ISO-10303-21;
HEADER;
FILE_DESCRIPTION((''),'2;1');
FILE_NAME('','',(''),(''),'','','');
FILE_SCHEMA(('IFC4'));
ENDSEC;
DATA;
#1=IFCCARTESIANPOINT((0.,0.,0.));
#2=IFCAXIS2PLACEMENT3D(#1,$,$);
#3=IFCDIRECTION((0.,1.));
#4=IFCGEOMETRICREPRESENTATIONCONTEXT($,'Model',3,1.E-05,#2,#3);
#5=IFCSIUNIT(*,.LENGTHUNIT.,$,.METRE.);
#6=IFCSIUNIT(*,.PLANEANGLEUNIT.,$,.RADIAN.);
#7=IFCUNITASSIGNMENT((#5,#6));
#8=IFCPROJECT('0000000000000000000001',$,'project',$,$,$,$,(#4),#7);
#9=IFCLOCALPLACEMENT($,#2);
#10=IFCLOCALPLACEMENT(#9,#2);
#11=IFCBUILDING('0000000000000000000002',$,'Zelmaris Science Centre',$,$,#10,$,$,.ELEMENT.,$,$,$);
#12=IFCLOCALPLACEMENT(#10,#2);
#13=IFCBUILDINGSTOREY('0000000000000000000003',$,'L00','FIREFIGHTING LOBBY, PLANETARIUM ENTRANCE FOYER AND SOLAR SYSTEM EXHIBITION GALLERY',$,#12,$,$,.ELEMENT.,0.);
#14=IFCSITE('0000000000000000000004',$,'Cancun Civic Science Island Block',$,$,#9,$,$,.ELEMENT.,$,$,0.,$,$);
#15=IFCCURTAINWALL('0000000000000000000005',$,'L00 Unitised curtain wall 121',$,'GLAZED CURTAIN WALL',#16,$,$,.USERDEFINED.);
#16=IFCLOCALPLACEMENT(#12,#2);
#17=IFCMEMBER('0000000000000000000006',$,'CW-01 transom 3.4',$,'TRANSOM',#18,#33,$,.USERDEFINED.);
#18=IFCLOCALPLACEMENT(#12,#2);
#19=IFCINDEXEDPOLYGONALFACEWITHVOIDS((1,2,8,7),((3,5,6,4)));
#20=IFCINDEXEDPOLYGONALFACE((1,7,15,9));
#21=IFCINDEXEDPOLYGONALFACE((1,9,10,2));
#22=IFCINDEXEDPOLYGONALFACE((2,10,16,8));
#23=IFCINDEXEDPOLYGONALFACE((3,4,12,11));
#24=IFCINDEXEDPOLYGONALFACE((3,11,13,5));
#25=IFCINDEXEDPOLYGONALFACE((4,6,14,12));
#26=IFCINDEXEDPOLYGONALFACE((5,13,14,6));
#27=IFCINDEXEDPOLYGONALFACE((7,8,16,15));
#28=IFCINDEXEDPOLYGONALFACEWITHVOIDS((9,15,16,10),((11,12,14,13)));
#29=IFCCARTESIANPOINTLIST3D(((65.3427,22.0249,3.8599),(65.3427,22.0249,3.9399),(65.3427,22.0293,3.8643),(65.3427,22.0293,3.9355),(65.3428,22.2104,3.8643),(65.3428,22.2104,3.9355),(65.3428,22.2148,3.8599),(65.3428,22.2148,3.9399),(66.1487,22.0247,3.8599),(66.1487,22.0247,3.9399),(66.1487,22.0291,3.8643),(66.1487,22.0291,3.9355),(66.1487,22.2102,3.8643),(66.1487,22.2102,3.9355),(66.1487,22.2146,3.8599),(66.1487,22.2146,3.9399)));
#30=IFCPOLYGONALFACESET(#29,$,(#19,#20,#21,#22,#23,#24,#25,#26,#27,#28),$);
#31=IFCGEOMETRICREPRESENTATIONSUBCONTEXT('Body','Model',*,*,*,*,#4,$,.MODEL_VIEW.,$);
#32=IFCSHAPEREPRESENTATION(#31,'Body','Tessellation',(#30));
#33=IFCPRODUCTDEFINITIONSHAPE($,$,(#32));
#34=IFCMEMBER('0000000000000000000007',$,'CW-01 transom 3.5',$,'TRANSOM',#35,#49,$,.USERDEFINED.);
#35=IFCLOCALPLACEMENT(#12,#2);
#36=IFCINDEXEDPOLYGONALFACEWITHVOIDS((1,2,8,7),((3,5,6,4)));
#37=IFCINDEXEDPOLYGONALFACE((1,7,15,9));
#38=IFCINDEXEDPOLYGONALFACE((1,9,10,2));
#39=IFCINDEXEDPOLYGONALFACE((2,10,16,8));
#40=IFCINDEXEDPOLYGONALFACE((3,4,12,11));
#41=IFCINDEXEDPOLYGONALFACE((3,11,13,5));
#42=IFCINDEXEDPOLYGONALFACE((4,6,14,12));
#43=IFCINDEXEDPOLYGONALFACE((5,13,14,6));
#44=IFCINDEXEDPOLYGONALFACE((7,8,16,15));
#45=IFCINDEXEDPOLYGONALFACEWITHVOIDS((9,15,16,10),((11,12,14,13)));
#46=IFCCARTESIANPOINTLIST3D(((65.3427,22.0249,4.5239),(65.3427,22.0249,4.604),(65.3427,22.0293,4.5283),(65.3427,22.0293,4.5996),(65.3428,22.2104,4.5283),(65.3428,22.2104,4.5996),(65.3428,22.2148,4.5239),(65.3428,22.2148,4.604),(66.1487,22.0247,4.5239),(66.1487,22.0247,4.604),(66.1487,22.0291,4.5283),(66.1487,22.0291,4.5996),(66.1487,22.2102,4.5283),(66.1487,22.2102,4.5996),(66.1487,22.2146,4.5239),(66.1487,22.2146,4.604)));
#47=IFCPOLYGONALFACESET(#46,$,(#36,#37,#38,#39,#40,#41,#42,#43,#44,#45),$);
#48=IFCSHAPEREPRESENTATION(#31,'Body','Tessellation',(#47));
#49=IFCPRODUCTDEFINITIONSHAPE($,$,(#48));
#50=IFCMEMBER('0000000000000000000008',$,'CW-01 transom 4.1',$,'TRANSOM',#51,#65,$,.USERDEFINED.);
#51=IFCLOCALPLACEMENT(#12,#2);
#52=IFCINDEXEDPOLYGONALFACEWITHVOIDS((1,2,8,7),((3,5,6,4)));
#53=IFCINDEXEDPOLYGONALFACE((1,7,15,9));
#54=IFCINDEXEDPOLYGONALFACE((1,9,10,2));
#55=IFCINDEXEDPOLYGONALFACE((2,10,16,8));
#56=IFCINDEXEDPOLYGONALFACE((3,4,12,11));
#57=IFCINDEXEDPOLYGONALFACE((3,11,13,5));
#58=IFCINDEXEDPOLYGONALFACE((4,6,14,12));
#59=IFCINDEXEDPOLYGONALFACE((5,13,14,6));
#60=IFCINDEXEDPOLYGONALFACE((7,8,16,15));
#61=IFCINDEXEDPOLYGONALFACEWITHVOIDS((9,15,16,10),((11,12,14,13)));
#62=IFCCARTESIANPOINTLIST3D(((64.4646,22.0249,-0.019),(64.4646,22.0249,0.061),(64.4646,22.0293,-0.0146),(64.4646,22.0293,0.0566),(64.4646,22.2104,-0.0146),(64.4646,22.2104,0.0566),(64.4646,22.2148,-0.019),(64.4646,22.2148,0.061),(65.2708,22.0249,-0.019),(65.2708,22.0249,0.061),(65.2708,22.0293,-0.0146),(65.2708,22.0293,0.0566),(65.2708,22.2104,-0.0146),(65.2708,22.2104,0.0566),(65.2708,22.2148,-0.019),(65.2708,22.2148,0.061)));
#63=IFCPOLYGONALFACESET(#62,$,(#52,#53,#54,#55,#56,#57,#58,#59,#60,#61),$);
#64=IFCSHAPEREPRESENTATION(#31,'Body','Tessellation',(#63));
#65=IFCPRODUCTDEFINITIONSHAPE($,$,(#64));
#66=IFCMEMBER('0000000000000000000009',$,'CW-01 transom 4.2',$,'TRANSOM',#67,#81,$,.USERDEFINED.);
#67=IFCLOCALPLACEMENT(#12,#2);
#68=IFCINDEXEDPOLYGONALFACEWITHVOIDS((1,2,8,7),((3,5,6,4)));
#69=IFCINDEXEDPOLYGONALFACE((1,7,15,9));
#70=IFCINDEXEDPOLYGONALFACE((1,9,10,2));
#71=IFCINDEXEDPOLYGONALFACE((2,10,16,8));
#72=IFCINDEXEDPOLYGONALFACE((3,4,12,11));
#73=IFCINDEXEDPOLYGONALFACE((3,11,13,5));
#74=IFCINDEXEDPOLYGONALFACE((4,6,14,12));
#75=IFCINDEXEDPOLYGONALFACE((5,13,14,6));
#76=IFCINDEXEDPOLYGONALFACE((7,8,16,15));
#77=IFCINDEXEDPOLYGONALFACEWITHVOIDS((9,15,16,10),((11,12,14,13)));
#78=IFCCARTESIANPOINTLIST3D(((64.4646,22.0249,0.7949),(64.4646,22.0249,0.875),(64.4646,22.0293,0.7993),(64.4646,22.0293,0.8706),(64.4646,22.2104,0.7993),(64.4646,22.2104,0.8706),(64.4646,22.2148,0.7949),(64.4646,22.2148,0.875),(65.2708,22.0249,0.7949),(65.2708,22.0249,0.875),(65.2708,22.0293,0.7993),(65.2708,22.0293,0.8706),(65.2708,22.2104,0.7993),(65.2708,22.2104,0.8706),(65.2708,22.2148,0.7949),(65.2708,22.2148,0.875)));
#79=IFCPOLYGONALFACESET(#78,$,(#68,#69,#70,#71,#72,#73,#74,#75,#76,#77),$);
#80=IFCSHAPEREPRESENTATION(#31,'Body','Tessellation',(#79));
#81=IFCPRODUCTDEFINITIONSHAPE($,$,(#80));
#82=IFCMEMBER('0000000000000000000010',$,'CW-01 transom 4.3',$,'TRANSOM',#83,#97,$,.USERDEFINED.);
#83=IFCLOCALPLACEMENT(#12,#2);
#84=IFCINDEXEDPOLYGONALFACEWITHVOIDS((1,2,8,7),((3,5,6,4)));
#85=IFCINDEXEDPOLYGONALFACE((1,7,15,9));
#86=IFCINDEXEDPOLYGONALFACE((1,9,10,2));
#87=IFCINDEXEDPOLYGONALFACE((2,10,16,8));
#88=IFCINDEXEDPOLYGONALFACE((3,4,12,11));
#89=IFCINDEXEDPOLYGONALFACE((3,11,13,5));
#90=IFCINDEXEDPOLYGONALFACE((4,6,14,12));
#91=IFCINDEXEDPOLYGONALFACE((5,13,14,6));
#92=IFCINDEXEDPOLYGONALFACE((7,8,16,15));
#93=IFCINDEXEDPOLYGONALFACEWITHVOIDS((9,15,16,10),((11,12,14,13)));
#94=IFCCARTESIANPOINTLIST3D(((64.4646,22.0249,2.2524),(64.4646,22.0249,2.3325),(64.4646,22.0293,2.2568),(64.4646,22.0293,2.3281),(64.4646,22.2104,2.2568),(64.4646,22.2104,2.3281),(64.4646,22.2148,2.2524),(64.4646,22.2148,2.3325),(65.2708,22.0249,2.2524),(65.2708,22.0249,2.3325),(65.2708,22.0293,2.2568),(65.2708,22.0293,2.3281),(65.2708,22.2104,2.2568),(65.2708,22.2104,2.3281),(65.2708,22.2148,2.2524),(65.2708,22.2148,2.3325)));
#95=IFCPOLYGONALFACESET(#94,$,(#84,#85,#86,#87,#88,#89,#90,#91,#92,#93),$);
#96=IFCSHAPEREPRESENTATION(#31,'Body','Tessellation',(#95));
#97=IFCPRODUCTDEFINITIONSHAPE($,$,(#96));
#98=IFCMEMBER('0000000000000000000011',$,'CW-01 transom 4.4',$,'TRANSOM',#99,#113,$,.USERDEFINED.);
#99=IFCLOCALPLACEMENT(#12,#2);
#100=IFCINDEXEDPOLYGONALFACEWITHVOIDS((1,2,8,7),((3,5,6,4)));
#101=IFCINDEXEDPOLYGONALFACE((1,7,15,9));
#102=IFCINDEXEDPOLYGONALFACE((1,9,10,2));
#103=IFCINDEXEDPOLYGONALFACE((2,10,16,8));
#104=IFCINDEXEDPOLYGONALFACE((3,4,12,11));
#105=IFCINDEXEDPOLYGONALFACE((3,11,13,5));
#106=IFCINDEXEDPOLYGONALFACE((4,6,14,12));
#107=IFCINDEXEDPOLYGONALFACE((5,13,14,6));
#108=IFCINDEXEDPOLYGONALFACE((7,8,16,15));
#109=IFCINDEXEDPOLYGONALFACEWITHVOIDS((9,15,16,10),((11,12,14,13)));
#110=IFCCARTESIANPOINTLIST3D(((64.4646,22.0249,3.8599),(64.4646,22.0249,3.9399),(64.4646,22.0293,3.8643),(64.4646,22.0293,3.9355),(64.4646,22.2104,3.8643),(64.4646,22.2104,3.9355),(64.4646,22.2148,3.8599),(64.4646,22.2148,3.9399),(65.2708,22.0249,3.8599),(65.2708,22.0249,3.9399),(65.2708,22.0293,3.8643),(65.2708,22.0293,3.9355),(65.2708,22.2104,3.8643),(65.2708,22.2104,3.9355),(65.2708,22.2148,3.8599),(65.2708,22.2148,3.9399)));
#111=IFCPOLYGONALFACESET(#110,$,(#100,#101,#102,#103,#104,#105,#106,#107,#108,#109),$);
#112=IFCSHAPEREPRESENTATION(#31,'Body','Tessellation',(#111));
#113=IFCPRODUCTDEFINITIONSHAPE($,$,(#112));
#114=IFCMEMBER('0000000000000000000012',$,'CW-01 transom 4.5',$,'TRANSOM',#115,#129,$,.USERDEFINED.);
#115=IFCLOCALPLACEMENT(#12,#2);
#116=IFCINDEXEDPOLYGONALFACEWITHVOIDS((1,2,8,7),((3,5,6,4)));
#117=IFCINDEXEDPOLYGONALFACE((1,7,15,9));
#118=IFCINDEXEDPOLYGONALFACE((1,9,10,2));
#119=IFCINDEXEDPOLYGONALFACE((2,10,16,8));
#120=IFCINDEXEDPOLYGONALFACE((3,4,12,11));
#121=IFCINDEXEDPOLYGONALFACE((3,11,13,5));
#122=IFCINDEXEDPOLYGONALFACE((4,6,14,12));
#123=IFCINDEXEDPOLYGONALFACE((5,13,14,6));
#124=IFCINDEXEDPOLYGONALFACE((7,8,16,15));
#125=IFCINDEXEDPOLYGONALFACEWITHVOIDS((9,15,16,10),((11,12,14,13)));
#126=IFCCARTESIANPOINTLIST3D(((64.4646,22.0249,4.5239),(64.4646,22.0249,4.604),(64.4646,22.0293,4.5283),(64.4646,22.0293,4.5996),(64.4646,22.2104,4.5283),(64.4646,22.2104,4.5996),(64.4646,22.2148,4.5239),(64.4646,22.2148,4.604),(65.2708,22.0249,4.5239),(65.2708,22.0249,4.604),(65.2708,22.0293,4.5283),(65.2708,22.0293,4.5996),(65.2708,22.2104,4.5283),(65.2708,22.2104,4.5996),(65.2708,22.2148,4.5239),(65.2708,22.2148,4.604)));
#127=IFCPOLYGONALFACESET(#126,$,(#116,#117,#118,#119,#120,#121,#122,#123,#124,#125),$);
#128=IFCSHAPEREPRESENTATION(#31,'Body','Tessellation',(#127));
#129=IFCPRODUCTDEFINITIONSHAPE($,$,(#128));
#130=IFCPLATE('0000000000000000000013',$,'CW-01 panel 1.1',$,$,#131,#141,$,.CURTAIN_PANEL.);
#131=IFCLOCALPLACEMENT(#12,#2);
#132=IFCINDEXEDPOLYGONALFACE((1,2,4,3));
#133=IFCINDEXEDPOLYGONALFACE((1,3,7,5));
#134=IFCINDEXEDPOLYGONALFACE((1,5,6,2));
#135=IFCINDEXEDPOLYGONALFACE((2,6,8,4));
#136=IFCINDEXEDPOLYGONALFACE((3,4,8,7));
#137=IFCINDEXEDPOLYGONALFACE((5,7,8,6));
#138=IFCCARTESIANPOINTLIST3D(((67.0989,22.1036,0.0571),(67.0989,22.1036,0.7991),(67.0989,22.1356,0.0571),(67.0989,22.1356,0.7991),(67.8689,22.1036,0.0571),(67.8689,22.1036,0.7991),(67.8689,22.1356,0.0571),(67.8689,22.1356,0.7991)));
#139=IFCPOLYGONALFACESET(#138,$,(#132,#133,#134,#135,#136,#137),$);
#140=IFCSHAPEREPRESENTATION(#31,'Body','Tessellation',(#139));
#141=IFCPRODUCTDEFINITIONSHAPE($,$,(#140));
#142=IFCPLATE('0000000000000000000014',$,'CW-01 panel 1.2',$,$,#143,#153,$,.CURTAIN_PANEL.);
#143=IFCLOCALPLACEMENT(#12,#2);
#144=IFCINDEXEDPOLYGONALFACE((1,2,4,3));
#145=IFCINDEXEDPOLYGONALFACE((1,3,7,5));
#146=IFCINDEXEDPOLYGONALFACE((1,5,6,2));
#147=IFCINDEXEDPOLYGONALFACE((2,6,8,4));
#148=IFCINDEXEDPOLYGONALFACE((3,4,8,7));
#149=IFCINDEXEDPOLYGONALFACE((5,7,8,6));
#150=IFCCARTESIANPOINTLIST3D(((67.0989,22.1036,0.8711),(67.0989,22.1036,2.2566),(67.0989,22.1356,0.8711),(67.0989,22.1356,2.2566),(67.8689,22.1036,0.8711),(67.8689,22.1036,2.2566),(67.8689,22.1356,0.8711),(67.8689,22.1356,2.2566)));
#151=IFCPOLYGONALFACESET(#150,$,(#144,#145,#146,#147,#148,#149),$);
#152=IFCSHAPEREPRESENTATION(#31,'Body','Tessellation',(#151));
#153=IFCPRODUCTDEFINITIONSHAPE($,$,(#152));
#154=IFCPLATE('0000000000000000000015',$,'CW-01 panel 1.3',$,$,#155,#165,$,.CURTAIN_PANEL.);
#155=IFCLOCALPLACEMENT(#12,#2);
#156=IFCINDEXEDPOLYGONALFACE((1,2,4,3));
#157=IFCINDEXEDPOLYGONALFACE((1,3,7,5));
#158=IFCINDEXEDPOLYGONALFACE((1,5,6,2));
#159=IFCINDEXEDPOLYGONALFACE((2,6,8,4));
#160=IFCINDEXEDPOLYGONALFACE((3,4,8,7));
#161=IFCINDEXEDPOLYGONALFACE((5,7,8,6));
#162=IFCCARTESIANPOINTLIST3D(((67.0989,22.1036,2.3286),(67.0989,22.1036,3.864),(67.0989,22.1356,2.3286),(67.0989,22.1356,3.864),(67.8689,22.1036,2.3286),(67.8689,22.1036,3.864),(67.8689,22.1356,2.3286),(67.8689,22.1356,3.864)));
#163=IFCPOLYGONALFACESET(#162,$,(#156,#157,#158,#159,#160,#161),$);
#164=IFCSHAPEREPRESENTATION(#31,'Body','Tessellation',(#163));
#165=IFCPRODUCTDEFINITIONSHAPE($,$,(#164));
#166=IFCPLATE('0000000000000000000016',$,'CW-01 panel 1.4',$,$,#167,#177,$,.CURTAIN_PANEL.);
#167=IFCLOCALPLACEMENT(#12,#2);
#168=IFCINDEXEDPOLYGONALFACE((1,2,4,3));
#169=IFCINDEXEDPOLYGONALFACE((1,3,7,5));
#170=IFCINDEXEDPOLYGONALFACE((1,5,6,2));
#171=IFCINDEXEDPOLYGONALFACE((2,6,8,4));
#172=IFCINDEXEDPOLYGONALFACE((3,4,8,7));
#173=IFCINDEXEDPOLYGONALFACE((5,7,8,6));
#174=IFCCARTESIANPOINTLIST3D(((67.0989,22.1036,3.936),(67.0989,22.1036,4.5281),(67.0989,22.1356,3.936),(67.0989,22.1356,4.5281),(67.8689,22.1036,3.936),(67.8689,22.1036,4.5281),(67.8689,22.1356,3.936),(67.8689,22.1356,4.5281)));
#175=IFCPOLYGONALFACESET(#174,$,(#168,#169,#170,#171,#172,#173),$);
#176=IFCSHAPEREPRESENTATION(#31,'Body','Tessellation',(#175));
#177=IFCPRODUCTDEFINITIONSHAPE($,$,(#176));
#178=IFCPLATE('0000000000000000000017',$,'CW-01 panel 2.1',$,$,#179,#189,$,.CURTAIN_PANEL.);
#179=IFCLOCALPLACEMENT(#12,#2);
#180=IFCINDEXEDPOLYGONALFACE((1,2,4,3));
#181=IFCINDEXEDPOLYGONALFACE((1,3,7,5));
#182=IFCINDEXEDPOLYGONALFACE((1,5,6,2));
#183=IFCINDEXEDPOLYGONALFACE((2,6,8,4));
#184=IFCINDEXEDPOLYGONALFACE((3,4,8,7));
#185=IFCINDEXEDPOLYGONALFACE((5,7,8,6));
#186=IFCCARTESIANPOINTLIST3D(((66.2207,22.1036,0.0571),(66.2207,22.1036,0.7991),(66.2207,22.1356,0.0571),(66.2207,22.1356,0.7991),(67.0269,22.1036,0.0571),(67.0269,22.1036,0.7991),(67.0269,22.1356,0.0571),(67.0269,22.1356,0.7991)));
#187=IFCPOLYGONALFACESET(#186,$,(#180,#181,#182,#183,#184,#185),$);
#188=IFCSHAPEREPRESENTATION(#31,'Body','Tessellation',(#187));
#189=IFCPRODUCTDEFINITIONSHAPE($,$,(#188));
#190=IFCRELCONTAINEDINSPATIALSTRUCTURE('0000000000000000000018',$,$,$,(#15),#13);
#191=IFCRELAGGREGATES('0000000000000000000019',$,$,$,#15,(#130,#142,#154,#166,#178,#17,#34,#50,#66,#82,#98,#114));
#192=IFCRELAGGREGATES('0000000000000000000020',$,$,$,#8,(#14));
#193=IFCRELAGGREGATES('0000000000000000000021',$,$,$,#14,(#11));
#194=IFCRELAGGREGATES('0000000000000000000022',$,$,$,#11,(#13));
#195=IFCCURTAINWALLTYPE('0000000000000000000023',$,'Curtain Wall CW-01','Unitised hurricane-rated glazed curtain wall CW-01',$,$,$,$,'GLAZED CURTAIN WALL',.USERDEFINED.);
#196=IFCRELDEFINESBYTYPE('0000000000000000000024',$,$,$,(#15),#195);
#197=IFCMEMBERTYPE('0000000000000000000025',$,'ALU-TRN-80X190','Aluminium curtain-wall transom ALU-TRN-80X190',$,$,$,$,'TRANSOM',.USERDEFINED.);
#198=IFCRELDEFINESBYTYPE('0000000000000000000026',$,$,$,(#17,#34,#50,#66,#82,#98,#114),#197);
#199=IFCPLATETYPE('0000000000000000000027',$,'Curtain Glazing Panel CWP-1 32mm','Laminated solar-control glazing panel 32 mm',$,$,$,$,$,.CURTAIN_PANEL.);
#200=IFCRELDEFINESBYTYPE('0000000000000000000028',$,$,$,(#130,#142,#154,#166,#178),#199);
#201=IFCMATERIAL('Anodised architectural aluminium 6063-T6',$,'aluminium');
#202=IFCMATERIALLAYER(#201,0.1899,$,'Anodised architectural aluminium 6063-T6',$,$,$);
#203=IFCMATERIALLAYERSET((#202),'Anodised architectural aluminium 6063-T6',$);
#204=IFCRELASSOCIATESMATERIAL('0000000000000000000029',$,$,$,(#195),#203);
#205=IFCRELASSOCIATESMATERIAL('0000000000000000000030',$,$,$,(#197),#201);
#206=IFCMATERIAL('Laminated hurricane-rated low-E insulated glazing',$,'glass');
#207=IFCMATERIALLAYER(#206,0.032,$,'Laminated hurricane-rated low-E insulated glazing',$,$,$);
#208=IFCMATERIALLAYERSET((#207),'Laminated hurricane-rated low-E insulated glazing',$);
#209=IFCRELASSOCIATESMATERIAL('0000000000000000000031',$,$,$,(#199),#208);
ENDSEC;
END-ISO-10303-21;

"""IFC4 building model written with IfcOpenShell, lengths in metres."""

from ifc_helpers import new_model, si_unit, direction, frame, origin, origin_2d, place, context, subcontext, project, spatial, rectangle, hollow_rectangle, extrude, material, layer, layer_set, material_profile, profile_set, type_object, element, aggregate, save


model = new_model("IFC4")

# Units and contexts
model_context = context("Model", 3, precision=1e-05, world=origin(), true_north=direction((0.0, 1.0)))
body_context = subcontext(model_context, "Body", "Model", "MODEL_VIEW")
ifc_project = project(units=[si_unit("LENGTHUNIT", "METRE"), si_unit("PLANEANGLEUNIT", "RADIAN")], contexts=[model_context])

# Site, building, storey
site_placement = place(None, origin())
site = spatial("IfcSite", under=ifc_project, at=site_placement, Name="Cancun Civic Science Island Block", CompositionType="ELEMENT", RefElevation=0.0)
building_placement = place(site_placement, origin())
building = spatial("IfcBuilding", under=site, at=building_placement, Name="Zelmaris Science Centre", CompositionType="ELEMENT")
storey_placement = place(building_placement, origin())
storey = spatial("IfcBuildingStorey", under=building, at=storey_placement, Name="L00", Description="FIREFIGHTING LOBBY, PLANETARIUM ENTRANCE FOYER AND SOLAR SYSTEM EXHIBITION GALLERY", CompositionType="ELEMENT", Elevation=0.0)

# Curtain wall, members, plates
ifc_material_1 = material(Name="Anodised architectural aluminium 6063-T6", Category="aluminium")
ifc_layer_1 = layer(ifc_material_1, 0.1899, Name="Anodised architectural aluminium 6063-T6")
ifc_layer_set_1 = layer_set([ifc_layer_1], Name="Anodised architectural aluminium 6063-T6")
curtain_wall_type = type_object("IfcCurtainWallType", Name="Curtain Wall CW-01", Description="Unitised hurricane-rated glazed curtain wall CW-01", ElementType="GLAZED CURTAIN WALL", PredefinedType="USERDEFINED", material=ifc_layer_set_1)
curtain_wall_placement = place(storey_placement, origin())
curtain_wall = element("IfcCurtainWall", 1, at=curtain_wall_placement, inside=storey, type_object=curtain_wall_type, Name="L00 Unitised curtain wall 121", ObjectType="GLAZED CURTAIN WALL", PredefinedType="USERDEFINED")
ifc_material_profile_1 = material_profile(ifc_material_1, hollow_rectangle(XDim=0.0801, YDim=0.1899, WallThickness=0.0044, at=origin_2d()), Name="ALU-TRN-80X190")
ifc_profile_set_1 = profile_set([ifc_material_profile_1], Name="Anodised architectural aluminium 6063-T6")
member_type_1 = type_object("IfcMemberType", Name="ALU-TRN-80X190", Description="Aluminium curtain-wall transom ALU-TRN-80X190", ElementType="TRANSOM", PredefinedType="USERDEFINED", material=ifc_profile_set_1)
member_1_placement = place(storey_placement, frame((66.1487, 22.1196, 3.8999), z_axis=(-1.0, 0.000303, 0.0), x_axis=(0.0, 0.0, 1.0)))
member_1 = element("IfcMember", 2, at=member_1_placement, type_object=member_type_1, Name="CW-01 transom 3.4", ObjectType="TRANSOM", PredefinedType="USERDEFINED", context=body_context, shape_type="SweptSolid", body=[
    extrude(hollow_rectangle(XDim=0.0801, YDim=0.1899, WallThickness=0.0044, at=origin_2d()), origin(), (0.0, 0.0, 1.0), 0.8059),
])
member_2_placement = place(storey_placement, frame((66.1487, 22.1196, 4.564), z_axis=(-1.0, 0.000303, 0.0), x_axis=(0.0, 0.0, 1.0)))
member_2 = element("IfcMember", 3, at=member_2_placement, type_object=member_type_1, Name="CW-01 transom 3.5", ObjectType="TRANSOM", PredefinedType="USERDEFINED", context=body_context, shape_type="SweptSolid", body=[
    extrude(hollow_rectangle(XDim=0.0801, YDim=0.1899, WallThickness=0.0044, at=origin_2d()), origin(), (0.0, 0.0, 1.0), 0.8059),
])
member_3_placement = place(storey_placement, frame((65.2708, 22.1199, 0.021), z_axis=(-1.0, 0.0, 0.0), x_axis=(0.0, 0.0, 1.0)))
member_3 = element("IfcMember", 4, at=member_3_placement, type_object=member_type_1, Name="CW-01 transom 4.1", ObjectType="TRANSOM", PredefinedType="USERDEFINED", context=body_context, shape_type="SweptSolid", body=[
    extrude(hollow_rectangle(XDim=0.0801, YDim=0.1899, WallThickness=0.0044, at=origin_2d()), origin(), (0.0, 0.0, 1.0), 0.8062),
])
member_4_placement = place(storey_placement, frame((65.2708, 22.1199, 0.835), z_axis=(-1.0, 0.0, 0.0), x_axis=(0.0, 0.0, 1.0)))
member_4 = element("IfcMember", 5, at=member_4_placement, type_object=member_type_1, Name="CW-01 transom 4.2", ObjectType="TRANSOM", PredefinedType="USERDEFINED", context=body_context, shape_type="SweptSolid", body=[
    extrude(hollow_rectangle(XDim=0.0801, YDim=0.1899, WallThickness=0.0044, at=origin_2d()), origin(), (0.0, 0.0, 1.0), 0.8062),
])
member_5_placement = place(storey_placement, frame((65.2708, 22.1199, 2.2925), z_axis=(-1.0, 0.0, 0.0), x_axis=(0.0, 0.0, 1.0)))
member_5 = element("IfcMember", 6, at=member_5_placement, type_object=member_type_1, Name="CW-01 transom 4.3", ObjectType="TRANSOM", PredefinedType="USERDEFINED", context=body_context, shape_type="SweptSolid", body=[
    extrude(hollow_rectangle(XDim=0.0801, YDim=0.1899, WallThickness=0.0044, at=origin_2d()), origin(), (0.0, 0.0, 1.0), 0.8062),
])
member_6_placement = place(storey_placement, frame((65.2708, 22.1199, 3.8999), z_axis=(-1.0, 0.0, 0.0), x_axis=(0.0, 0.0, 1.0)))
member_6 = element("IfcMember", 7, at=member_6_placement, type_object=member_type_1, Name="CW-01 transom 4.4", ObjectType="TRANSOM", PredefinedType="USERDEFINED", context=body_context, shape_type="SweptSolid", body=[
    extrude(hollow_rectangle(XDim=0.0801, YDim=0.1899, WallThickness=0.0044, at=origin_2d()), origin(), (0.0, 0.0, 1.0), 0.8062),
])
member_7_placement = place(storey_placement, frame((65.2708, 22.1199, 4.564), z_axis=(-1.0, 0.0, 0.0), x_axis=(0.0, 0.0, 1.0)))
member_7 = element("IfcMember", 8, at=member_7_placement, type_object=member_type_1, Name="CW-01 transom 4.5", ObjectType="TRANSOM", PredefinedType="USERDEFINED", context=body_context, shape_type="SweptSolid", body=[
    extrude(hollow_rectangle(XDim=0.0801, YDim=0.1899, WallThickness=0.0044, at=origin_2d()), origin(), (0.0, 0.0, 1.0), 0.8062),
])
ifc_material_2 = material(Name="Laminated hurricane-rated low-E insulated glazing", Category="glass")
ifc_layer_2 = layer(ifc_material_2, 0.032, Name="Laminated hurricane-rated low-E insulated glazing")
ifc_layer_set_2 = layer_set([ifc_layer_2], Name="Laminated hurricane-rated low-E insulated glazing")
plate_type = type_object("IfcPlateType", Name="Curtain Glazing Panel CWP-1 32mm", Description="Laminated solar-control glazing panel 32 mm", PredefinedType="CURTAIN_PANEL", material=ifc_layer_set_2)
plate_1_placement = place(storey_placement, frame((67.4839, 22.1196, 0.0571), z_axis=(0.0, 0.0, 1.0), x_axis=(-1.0, 0.000023, 0.0)))
plate_1 = element("IfcPlate", 9, at=plate_1_placement, type_object=plate_type, Name="CW-01 panel 1.1", PredefinedType="CURTAIN_PANEL", context=body_context, shape_type="SweptSolid", body=[
    extrude(rectangle(XDim=0.77, YDim=0.032, at=origin_2d()), origin(), (0.0, 0.0, 1.0), 0.7419),
])
plate_2_placement = place(storey_placement, frame((67.4839, 22.1196, 0.8711), z_axis=(0.0, 0.0, 1.0), x_axis=(-1.0, 0.000023, 0.0)))
plate_2 = element("IfcPlate", 10, at=plate_2_placement, type_object=plate_type, Name="CW-01 panel 1.2", PredefinedType="CURTAIN_PANEL", context=body_context, shape_type="SweptSolid", body=[
    extrude(rectangle(XDim=0.77, YDim=0.032, at=origin_2d()), origin(), (0.0, 0.0, 1.0), 1.3855),
])
plate_3_placement = place(storey_placement, frame((67.4839, 22.1196, 2.3286), z_axis=(0.0, 0.0, 1.0), x_axis=(-1.0, 0.000023, 0.0)))
plate_3 = element("IfcPlate", 11, at=plate_3_placement, type_object=plate_type, Name="CW-01 panel 1.3", PredefinedType="CURTAIN_PANEL", context=body_context, shape_type="SweptSolid", body=[
    extrude(rectangle(XDim=0.77, YDim=0.032, at=origin_2d()), origin(), (0.0, 0.0, 1.0), 1.5354),
])
plate_4_placement = place(storey_placement, frame((67.4839, 22.1196, 3.936), z_axis=(0.0, 0.0, 1.0), x_axis=(-1.0, 0.000023, 0.0)))
plate_4 = element("IfcPlate", 12, at=plate_4_placement, type_object=plate_type, Name="CW-01 panel 1.4", PredefinedType="CURTAIN_PANEL", context=body_context, shape_type="SweptSolid", body=[
    extrude(rectangle(XDim=0.77, YDim=0.032, at=origin_2d()), origin(), (0.0, 0.0, 1.0), 0.592),
])
plate_5_placement = place(storey_placement, frame((66.6238, 22.1196, 0.0571), z_axis=(0.0, 0.0, 1.0), x_axis=(-1.0, 0.000023, 0.0)))
plate_5 = element("IfcPlate", 13, at=plate_5_placement, type_object=plate_type, Name="CW-01 panel 2.1", PredefinedType="CURTAIN_PANEL", context=body_context, shape_type="SweptSolid", body=[
    extrude(rectangle(XDim=0.8062, YDim=0.032, at=origin_2d()), origin(), (0.0, 0.0, 1.0), 0.7419),
])
aggregate(curtain_wall, [plate_1, plate_2, plate_3, plate_4, plate_5, member_1, member_2, member_3, member_4, member_5, member_6, member_7])

save(model, "model.ifc")
